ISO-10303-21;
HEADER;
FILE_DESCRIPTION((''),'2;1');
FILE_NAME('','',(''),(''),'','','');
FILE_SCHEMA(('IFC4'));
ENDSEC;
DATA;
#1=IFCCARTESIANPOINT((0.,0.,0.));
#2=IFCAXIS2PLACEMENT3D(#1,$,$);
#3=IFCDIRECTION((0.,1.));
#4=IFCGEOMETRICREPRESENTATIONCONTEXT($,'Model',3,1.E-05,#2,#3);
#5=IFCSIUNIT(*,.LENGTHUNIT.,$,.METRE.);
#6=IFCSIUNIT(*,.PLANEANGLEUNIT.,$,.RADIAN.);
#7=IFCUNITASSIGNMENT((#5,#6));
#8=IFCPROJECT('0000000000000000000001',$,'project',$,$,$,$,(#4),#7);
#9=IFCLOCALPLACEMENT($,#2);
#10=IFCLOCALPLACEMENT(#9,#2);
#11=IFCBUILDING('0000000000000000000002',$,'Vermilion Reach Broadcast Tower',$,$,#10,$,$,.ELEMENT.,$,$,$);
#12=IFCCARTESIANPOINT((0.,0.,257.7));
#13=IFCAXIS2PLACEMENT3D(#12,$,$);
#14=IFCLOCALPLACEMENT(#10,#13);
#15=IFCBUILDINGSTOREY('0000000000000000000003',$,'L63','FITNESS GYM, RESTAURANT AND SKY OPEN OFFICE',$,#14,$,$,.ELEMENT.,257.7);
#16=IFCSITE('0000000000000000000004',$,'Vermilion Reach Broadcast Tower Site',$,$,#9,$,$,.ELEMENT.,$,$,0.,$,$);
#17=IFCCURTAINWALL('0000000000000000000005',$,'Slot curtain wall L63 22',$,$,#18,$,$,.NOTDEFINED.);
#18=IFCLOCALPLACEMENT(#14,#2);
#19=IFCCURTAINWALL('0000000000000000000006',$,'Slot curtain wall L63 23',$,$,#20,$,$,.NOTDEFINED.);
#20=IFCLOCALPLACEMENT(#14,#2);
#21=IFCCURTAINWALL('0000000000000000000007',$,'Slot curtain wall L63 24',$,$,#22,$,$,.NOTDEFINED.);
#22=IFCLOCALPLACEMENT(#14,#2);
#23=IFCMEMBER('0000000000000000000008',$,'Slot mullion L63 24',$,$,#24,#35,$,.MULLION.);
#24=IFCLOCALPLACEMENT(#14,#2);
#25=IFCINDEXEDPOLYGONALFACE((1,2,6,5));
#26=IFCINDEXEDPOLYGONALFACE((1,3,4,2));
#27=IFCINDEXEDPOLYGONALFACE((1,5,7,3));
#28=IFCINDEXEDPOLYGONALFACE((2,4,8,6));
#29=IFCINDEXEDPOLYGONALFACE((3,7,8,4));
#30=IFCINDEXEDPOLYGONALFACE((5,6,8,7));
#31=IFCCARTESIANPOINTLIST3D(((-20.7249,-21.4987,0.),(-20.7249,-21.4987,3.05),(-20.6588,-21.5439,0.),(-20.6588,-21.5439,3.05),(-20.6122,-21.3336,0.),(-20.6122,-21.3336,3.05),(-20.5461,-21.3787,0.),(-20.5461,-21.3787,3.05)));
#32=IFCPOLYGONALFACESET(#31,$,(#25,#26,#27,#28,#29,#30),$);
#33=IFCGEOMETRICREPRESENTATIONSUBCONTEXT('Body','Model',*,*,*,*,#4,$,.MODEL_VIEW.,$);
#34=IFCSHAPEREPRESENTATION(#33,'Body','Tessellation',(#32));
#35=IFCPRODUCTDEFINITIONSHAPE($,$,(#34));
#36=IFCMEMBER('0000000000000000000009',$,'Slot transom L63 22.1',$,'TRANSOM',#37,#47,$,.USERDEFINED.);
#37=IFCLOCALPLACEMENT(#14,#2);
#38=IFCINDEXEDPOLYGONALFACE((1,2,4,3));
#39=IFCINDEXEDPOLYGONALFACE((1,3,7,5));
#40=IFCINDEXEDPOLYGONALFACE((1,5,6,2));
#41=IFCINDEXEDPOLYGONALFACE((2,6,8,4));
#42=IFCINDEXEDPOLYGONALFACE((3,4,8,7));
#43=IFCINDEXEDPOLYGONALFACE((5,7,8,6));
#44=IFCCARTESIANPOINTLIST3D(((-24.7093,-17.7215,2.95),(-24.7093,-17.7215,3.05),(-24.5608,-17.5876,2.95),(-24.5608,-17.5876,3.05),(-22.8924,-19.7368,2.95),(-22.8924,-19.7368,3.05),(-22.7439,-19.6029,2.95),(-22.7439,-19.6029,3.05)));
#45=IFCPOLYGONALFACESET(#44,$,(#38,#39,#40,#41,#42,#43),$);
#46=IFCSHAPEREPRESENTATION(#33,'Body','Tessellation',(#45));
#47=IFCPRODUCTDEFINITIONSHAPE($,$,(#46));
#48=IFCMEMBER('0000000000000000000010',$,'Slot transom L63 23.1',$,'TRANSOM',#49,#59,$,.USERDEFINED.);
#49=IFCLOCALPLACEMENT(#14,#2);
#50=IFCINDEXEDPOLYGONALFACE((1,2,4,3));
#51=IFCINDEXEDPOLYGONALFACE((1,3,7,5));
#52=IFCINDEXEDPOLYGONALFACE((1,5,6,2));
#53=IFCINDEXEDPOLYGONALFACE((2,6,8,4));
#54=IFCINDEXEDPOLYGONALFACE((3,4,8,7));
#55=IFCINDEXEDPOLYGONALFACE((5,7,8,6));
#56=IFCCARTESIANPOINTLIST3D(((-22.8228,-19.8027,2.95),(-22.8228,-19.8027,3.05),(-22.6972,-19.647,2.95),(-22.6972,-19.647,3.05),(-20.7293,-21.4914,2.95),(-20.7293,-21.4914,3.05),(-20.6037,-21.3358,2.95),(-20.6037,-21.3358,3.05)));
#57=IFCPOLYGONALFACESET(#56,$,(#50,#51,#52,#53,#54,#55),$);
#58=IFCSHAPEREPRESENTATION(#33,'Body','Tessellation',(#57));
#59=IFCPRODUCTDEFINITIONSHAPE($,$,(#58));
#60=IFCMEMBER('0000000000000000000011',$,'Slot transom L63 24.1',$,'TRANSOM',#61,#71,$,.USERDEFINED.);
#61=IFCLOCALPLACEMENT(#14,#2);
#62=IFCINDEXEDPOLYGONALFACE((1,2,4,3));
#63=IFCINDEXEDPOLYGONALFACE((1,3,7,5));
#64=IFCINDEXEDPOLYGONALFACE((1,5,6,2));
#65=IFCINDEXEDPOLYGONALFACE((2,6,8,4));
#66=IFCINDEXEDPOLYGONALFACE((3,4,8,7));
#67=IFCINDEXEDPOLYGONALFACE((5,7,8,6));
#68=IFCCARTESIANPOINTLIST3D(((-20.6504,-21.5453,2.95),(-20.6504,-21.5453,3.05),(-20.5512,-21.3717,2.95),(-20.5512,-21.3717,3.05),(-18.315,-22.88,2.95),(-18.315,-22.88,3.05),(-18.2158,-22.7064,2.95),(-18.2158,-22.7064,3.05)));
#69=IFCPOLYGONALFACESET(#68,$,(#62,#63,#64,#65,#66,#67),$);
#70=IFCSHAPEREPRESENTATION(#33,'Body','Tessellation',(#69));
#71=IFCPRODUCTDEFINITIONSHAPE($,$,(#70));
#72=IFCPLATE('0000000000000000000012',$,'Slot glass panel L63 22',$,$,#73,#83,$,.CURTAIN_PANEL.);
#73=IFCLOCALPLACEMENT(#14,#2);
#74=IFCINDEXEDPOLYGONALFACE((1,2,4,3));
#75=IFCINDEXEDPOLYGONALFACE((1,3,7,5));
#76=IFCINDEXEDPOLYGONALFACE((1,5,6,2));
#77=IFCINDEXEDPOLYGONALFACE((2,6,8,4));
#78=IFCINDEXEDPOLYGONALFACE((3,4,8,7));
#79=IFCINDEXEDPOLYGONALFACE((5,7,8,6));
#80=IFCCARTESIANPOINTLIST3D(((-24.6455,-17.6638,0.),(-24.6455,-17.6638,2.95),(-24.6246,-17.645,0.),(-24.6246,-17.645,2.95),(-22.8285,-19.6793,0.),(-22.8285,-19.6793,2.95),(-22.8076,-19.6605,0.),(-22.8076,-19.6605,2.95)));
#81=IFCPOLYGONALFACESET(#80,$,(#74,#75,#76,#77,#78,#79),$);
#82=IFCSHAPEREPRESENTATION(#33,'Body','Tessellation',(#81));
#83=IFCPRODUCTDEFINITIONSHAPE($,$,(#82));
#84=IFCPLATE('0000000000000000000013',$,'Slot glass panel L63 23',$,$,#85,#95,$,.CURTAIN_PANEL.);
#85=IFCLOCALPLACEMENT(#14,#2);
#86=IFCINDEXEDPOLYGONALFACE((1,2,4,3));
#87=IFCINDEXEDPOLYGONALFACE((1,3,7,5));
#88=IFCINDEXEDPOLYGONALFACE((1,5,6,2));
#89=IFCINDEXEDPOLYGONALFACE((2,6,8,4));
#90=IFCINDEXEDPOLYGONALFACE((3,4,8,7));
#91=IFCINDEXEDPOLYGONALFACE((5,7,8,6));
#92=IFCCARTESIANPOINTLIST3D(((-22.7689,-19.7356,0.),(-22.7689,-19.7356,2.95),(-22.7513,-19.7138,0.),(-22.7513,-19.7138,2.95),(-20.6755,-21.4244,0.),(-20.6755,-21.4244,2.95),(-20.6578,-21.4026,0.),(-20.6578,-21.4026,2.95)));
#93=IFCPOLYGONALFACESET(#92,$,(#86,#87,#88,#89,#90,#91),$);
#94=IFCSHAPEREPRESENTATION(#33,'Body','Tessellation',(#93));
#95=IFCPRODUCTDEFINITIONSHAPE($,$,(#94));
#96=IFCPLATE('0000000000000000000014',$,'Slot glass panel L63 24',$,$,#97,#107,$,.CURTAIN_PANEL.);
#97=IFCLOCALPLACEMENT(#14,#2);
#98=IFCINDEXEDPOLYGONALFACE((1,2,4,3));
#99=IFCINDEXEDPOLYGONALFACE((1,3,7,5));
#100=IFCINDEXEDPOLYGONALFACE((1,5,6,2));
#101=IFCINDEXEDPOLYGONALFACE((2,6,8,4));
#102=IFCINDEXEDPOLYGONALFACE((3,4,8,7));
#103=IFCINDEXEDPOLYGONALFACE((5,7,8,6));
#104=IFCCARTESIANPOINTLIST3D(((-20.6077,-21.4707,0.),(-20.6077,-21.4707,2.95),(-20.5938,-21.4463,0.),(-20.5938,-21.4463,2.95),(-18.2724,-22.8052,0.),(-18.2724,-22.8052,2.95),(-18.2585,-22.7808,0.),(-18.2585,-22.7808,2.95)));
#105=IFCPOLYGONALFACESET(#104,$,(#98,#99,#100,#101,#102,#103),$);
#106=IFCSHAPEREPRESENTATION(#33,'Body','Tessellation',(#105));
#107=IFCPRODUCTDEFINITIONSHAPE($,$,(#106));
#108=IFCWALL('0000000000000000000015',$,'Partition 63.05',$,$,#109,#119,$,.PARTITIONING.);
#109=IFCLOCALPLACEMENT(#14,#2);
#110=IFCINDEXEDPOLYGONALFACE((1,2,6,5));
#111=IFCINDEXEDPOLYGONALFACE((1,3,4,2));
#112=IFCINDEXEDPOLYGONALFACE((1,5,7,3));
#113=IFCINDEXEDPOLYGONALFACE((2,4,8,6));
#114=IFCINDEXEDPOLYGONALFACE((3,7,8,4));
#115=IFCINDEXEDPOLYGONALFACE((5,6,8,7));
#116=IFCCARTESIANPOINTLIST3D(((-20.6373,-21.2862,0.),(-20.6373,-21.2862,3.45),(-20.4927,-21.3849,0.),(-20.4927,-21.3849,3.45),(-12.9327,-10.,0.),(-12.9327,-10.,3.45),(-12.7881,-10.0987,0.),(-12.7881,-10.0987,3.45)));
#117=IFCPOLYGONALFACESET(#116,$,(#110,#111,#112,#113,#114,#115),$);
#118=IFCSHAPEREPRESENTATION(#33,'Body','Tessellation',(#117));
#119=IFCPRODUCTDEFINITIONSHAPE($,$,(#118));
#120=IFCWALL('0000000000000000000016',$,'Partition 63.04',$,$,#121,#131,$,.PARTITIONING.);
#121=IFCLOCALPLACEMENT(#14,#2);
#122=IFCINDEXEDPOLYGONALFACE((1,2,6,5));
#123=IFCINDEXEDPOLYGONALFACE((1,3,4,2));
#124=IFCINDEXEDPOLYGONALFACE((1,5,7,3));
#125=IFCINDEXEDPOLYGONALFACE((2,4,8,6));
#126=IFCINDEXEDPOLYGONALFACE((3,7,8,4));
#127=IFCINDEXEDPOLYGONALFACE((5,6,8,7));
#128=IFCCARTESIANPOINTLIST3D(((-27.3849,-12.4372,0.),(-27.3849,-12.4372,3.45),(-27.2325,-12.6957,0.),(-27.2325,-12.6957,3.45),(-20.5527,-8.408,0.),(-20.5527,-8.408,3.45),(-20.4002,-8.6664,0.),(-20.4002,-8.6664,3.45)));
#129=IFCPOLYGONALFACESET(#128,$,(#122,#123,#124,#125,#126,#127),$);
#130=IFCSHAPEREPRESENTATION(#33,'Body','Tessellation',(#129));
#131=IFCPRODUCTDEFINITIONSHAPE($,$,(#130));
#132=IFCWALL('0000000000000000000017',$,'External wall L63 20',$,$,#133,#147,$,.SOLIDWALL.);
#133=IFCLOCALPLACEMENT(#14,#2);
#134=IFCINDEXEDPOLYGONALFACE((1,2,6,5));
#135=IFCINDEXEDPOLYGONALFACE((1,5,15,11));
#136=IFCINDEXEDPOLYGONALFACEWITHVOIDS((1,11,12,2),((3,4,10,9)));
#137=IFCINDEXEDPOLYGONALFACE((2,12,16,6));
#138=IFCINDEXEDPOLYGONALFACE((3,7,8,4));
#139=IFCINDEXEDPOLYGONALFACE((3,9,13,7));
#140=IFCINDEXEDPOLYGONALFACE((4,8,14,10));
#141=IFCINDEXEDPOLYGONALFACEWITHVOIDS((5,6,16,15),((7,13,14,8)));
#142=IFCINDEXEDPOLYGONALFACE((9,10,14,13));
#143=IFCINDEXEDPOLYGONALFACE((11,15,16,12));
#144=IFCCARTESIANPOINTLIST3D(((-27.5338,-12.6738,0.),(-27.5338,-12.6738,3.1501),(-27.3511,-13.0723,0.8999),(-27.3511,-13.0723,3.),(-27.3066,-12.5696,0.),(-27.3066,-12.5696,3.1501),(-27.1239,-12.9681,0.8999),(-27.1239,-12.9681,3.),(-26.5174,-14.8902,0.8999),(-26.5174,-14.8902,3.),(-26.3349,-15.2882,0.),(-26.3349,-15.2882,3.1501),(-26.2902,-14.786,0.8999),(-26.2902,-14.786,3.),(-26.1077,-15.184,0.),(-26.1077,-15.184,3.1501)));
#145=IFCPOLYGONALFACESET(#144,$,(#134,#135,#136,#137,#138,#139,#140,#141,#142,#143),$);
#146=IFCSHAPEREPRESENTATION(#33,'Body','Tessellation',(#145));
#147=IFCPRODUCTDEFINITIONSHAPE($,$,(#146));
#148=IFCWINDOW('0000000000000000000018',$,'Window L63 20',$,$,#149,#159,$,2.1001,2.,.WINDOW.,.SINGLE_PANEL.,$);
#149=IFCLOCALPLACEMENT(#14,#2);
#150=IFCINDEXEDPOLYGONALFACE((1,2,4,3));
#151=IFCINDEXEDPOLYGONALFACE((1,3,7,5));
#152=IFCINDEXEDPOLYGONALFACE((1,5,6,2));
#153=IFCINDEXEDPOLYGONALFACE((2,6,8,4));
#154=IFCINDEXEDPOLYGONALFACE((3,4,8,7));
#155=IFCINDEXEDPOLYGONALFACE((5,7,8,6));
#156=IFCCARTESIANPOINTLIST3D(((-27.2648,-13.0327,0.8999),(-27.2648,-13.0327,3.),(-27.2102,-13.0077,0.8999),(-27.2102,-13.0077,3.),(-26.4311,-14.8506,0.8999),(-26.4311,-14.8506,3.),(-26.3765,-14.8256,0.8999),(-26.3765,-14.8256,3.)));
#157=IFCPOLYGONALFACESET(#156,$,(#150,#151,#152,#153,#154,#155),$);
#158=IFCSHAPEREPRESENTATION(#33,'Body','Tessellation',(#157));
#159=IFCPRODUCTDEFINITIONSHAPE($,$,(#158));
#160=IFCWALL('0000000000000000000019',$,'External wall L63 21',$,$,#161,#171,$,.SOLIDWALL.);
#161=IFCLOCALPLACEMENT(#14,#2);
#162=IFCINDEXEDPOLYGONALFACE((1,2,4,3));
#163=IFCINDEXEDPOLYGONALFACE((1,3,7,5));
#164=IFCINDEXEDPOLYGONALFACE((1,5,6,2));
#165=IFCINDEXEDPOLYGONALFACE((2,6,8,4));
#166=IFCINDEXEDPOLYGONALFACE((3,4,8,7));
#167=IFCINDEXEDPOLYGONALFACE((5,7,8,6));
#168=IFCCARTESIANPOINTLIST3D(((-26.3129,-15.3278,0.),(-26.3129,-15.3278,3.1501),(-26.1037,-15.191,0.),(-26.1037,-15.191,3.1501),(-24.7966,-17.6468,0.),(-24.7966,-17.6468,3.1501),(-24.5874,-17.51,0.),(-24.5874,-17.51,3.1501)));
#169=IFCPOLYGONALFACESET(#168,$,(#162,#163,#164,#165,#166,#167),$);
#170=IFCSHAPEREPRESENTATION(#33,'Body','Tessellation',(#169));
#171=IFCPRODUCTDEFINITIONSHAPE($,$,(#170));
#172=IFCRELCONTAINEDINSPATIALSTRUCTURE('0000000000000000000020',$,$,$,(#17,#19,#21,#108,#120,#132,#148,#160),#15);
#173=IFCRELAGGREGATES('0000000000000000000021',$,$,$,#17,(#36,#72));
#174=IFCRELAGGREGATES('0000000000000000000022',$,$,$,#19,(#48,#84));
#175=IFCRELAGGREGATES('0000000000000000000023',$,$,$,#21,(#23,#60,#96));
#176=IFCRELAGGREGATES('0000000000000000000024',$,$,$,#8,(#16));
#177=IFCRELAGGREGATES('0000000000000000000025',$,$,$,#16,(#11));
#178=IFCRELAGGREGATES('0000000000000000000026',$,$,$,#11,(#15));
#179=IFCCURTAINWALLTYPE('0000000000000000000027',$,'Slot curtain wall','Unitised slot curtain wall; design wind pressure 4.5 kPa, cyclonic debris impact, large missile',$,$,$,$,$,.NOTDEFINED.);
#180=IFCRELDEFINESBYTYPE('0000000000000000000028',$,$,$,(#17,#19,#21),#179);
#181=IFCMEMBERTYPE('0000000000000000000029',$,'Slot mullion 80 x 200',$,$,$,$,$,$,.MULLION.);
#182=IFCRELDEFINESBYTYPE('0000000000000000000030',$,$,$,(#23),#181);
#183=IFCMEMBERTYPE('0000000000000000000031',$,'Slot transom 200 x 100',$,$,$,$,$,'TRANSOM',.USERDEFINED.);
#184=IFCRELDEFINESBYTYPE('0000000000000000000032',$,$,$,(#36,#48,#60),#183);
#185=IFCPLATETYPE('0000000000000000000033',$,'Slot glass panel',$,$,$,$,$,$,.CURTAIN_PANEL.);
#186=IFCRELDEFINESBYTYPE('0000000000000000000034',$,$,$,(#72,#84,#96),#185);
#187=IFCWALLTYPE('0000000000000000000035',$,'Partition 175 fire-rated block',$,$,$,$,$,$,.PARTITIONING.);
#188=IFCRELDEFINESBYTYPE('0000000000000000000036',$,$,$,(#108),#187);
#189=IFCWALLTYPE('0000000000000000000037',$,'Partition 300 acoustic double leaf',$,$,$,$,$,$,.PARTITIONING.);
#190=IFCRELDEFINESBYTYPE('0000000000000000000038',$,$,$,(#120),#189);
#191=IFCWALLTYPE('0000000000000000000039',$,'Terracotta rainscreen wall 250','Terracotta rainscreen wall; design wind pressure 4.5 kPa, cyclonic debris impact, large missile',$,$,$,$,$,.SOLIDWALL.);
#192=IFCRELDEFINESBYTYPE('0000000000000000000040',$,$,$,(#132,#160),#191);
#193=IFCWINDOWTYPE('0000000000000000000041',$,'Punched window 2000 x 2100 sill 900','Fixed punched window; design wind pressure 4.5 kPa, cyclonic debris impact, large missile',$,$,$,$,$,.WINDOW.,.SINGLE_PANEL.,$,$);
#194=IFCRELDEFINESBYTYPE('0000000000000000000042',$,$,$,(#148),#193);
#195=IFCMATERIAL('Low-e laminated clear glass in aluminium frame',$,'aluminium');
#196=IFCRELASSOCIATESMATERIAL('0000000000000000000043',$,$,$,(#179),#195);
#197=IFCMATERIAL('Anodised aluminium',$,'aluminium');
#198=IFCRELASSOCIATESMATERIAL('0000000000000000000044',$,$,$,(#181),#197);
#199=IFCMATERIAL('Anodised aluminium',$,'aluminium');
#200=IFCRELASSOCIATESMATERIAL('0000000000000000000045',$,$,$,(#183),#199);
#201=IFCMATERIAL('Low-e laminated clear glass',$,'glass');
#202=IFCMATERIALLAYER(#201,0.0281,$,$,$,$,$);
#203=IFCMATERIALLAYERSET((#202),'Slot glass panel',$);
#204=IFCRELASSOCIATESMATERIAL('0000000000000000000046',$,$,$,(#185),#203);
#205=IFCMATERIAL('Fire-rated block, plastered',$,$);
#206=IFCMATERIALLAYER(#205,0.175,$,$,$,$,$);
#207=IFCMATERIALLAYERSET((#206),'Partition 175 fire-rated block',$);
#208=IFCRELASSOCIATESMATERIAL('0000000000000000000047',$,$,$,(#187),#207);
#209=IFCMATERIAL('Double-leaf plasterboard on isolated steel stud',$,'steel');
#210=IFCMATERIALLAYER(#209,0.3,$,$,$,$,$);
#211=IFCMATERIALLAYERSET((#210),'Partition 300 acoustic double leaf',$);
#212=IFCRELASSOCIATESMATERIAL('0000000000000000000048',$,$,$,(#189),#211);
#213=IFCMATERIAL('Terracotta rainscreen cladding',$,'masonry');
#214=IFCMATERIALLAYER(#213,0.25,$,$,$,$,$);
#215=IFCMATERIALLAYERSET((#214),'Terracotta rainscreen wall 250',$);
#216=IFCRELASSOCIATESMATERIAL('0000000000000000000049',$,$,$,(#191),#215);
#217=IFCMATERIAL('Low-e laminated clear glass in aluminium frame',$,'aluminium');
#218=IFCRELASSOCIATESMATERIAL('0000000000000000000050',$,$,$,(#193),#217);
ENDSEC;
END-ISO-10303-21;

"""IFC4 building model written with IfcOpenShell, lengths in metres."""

from ifc_helpers import new_model, si_unit, direction, frame, frame_2d, origin, origin_2d, place, context, subcontext, project, spatial, rectangle, extrude, material, layer, layer_set, material_profile, profile_set, type_object, element, fill, aggregate, save


model = new_model("IFC4")

# Units and contexts
model_context = context("Model", 3, precision=1e-05, world=origin(), true_north=direction((0.0, 1.0)))
body_context = subcontext(model_context, "Body", "Model", "MODEL_VIEW")
ifc_project = project(units=[si_unit("LENGTHUNIT", "METRE"), si_unit("PLANEANGLEUNIT", "RADIAN")], contexts=[model_context])

# Site, building, storey
site_placement = place(None, origin())
site = spatial("IfcSite", under=ifc_project, at=site_placement, Name="Vermilion Reach Broadcast Tower Site", CompositionType="ELEMENT", RefElevation=0.0)
building_placement = place(site_placement, origin())
building = spatial("IfcBuilding", under=site, at=building_placement, Name="Vermilion Reach Broadcast Tower", CompositionType="ELEMENT")
storey_placement = place(building_placement, frame((0.0, 0.0, 257.7)))
storey = spatial("IfcBuildingStorey", under=building, at=storey_placement, Name="L63", Description="FITNESS GYM, RESTAURANT AND SKY OPEN OFFICE", CompositionType="ELEMENT", Elevation=257.7)

# Curtain walls, member
ifc_material_1 = material(Name="Low-e laminated clear glass in aluminium frame", Category="aluminium")
curtain_wall_type = type_object("IfcCurtainWallType", Name="Slot curtain wall", Description="Unitised slot curtain wall; design wind pressure 4.5 kPa, cyclonic debris impact, large missile", PredefinedType="NOTDEFINED", material=ifc_material_1)
placement = place(storey_placement, origin())
curtain_wall_1 = element("IfcCurtainWall", 1, at=placement, inside=storey, type_object=curtain_wall_type, Name="Slot curtain wall L63 22", PredefinedType="NOTDEFINED")
ifc_material_2 = material(Name="Anodised aluminium", Category="aluminium")
ifc_material_profile_1 = material_profile(ifc_material_2, rectangle(XDim=0.2, YDim=0.0801, at=origin_2d()), Name="Slot mullion 80 x 200")
ifc_profile_set_1 = profile_set([ifc_material_profile_1], Name="Anodised aluminium")
member_type_1 = type_object("IfcMemberType", Name="Slot mullion 80 x 200", PredefinedType="MULLION", material=ifc_profile_set_1)
curtain_wall_2 = element("IfcCurtainWall", 2, at=placement, inside=storey, type_object=curtain_wall_type, Name="Slot curtain wall L63 23", PredefinedType="NOTDEFINED")
curtain_wall_3 = element("IfcCurtainWall", 3, at=placement, inside=storey, type_object=curtain_wall_type, Name="Slot curtain wall L63 24", PredefinedType="NOTDEFINED")
member_1_placement = place(storey_placement, frame((-20.6355, -21.4387, 0.0), z_axis=(0.0, 0.0, 1.0), x_axis=(0.563814, 0.825901, 0.0)))
member_1 = element("IfcMember", 4, at=member_1_placement, type_object=member_type_1, Name="Slot mullion L63 24", PredefinedType="MULLION", context=body_context, shape_type="SweptSolid", body=[
    extrude(rectangle(XDim=0.2, YDim=0.0801, at=origin_2d()), origin(), (0.0, 0.0, 1.0), 3.05),
])

# Members
ifc_material_3 = material(Name="Anodised aluminium", Category="aluminium")
ifc_material_profile_2 = material_profile(ifc_material_3, rectangle(XDim=0.2, YDim=0.1001, at=origin_2d()), Name="Slot transom 200 x 100")
ifc_profile_set_2 = profile_set([ifc_material_profile_2], Name="Anodised aluminium")
member_type_2 = type_object("IfcMemberType", Name="Slot transom 200 x 100", ElementType="TRANSOM", PredefinedType="USERDEFINED", material=ifc_profile_set_2)
member_2_placement = place(storey_placement, frame((-24.635, -17.6545, 3.0), z_axis=(0.669586, -0.742735, 0.0), x_axis=(0.742735, 0.669586, 0.0)))
member_2 = element("IfcMember", 5, at=member_2_placement, type_object=member_type_2, Name="Slot transom L63 22.1", ObjectType="TRANSOM", PredefinedType="USERDEFINED", context=body_context, shape_type="SweptSolid", body=[
    extrude(rectangle(XDim=0.2, YDim=0.1001, at=origin_2d()), origin(), (0.0, 0.0, 1.0), 2.7134),
])
member_3_placement = place(storey_placement, frame((-22.76, -19.7249, 3.0), z_axis=(0.778339, -0.627845, 0.0), x_axis=(0.627845, 0.778339, 0.0)))
member_3 = element("IfcMember", 6, at=member_3_placement, type_object=member_type_2, Name="Slot transom L63 23.1", ObjectType="TRANSOM", PredefinedType="USERDEFINED", context=body_context, shape_type="SweptSolid", body=[
    extrude(rectangle(XDim=0.2, YDim=0.1001, at=origin_2d()), origin(), (0.0, 0.0, 1.0), 2.6897),
])
member_4_placement = place(storey_placement, frame((-20.6008, -21.4585, 3.0), z_axis=(0.868215, -0.496188, 0.0), x_axis=(0.496188, 0.868215, 0.0)))
member_4 = element("IfcMember", 7, at=member_4_placement, type_object=member_type_2, Name="Slot transom L63 24.1", ObjectType="TRANSOM", PredefinedType="USERDEFINED", context=body_context, shape_type="SweptSolid", body=[
    extrude(rectangle(XDim=0.2, YDim=0.1001, at=origin_2d()), origin(), (0.0, 0.0, 1.0), 2.6899),
])

# Plates
ifc_material_4 = material(Name="Low-e laminated clear glass", Category="glass")
ifc_layer_1 = layer(ifc_material_4, 0.0281)
ifc_layer_set_1 = layer_set([ifc_layer_1], Name="Slot glass panel")
plate_type = type_object("IfcPlateType", Name="Slot glass panel", PredefinedType="CURTAIN_PANEL", material=ifc_layer_set_1)
plate_1_placement = place(storey_placement, frame((-23.7266, -18.6621, 0.0), z_axis=(0.0, 0.0, 1.0), x_axis=(0.66959, -0.742731, 0.0)))
plate_1 = element("IfcPlate", 8, at=plate_1_placement, type_object=plate_type, Name="Slot glass panel L63 22", PredefinedType="CURTAIN_PANEL", context=body_context, shape_type="SweptSolid", body=[
    extrude(rectangle(XDim=2.7136, YDim=0.0281, at=origin_2d()), origin(), (0.0, 0.0, 1.0), 2.95),
])
aggregate(curtain_wall_1, [member_2, plate_1])
plate_2_placement = place(storey_placement, frame((-21.7134, -20.5691, 0.0), z_axis=(0.0, 0.0, 1.0), x_axis=(0.778317, -0.627871, 0.0)))
plate_2 = element("IfcPlate", 9, at=plate_2_placement, type_object=plate_type, Name="Slot glass panel L63 23", PredefinedType="CURTAIN_PANEL", context=body_context, shape_type="SweptSolid", body=[
    extrude(rectangle(XDim=2.6897, YDim=0.0281, at=origin_2d()), origin(), (0.0, 0.0, 1.0), 2.95),
])
aggregate(curtain_wall_2, [member_3, plate_2])
plate_3_placement = place(storey_placement, frame((-19.4331, -22.1257, 0.0), z_axis=(0.0, 0.0, 1.0), x_axis=(0.868227, -0.496167, 0.0)))
plate_3 = element("IfcPlate", 10, at=plate_3_placement, type_object=plate_type, Name="Slot glass panel L63 24", PredefinedType="CURTAIN_PANEL", context=body_context, shape_type="SweptSolid", body=[
    extrude(rectangle(XDim=2.6897, YDim=0.0281, at=origin_2d()), origin(), (0.0, 0.0, 1.0), 2.95),
])
aggregate(curtain_wall_3, [member_1, member_4, plate_3])

# Walls
ifc_material_5 = material(Name="Fire-rated block, plastered")
ifc_layer_2 = layer(ifc_material_5, 0.175)
ifc_layer_set_2 = layer_set([ifc_layer_2], Name="Partition 175 fire-rated block")
wall_type_1 = type_object("IfcWallType", Name="Partition 175 fire-rated block", PredefinedType="PARTITIONING", material=ifc_layer_set_2)
wall_1_placement = place(storey_placement, frame((-20.5649, -21.3354, 0.0), z_axis=(0.0, 0.0, 1.0), x_axis=(0.563811, 0.825904, 0.0)))
element("IfcWall", 11, at=wall_1_placement, inside=storey, type_object=wall_type_1, Name="Partition 63.05", PredefinedType="PARTITIONING", context=body_context, shape_type="SweptSolid", body=[
    extrude(rectangle(XDim=13.6653, YDim=0.175, at=frame_2d((6.8325, 0.0))), origin(), (0.0, 0.0, 1.0), 3.45),
])
ifc_material_6 = material(Name="Double-leaf plasterboard on isolated steel stud", Category="steel")
ifc_layer_3 = layer(ifc_material_6, 0.3)
ifc_layer_set_3 = layer_set([ifc_layer_3], Name="Partition 300 acoustic double leaf")
wall_type_2 = type_object("IfcWallType", Name="Partition 300 acoustic double leaf", PredefinedType="PARTITIONING", material=ifc_layer_set_3)
wall_2_placement = place(storey_placement, frame((-27.3086, -12.5664, 0.0), z_axis=(0.0, 0.0, 1.0), x_axis=(0.861366, 0.507986, 0.0)))
element("IfcWall", 12, at=wall_2_placement, inside=storey, type_object=wall_type_2, Name="Partition 63.04", PredefinedType="PARTITIONING", context=body_context, shape_type="SweptSolid", body=[
    extrude(rectangle(XDim=7.9319, YDim=0.3, at=frame_2d((3.9658, 0.0))), origin(), (0.0, 0.0, 1.0), 3.45),
])

# Wall, opening, window
ifc_material_7 = material(Name="Terracotta rainscreen cladding", Category="masonry")
ifc_layer_4 = layer(ifc_material_7, 0.25)
ifc_layer_set_4 = layer_set([ifc_layer_4], Name="Terracotta rainscreen wall 250")
wall_type_3 = type_object("IfcWallType", Name="Terracotta rainscreen wall 250", Description="Terracotta rainscreen wall; design wind pressure 4.5 kPa, cyclonic debris impact, large missile", PredefinedType="SOLIDWALL", material=ifc_layer_set_4)
wall_3_placement = place(storey_placement, frame((-27.4202, -12.6218, 0.0), z_axis=(0.0, 0.0, 1.0), x_axis=(0.416845, -0.908978, 0.0)))
wall_3 = element("IfcWall", 13, at=wall_3_placement, inside=storey, type_object=wall_type_3, Name="External wall L63 20", PredefinedType="SOLIDWALL", context=body_context, shape_type="SweptSolid", body=[
    extrude(rectangle(XDim=2.8762, YDim=0.25, at=frame_2d((1.438, 0.0))), origin(), (0.0, 0.0, 1.0), 3.1501),
])
opening_placement = place(wall_3_placement, frame((0.4382, 0.0, 0.8999)))
opening = element("IfcOpeningElement", 14, at=opening_placement, cuts=wall_3, PredefinedType="OPENING", context=body_context, shape_type="SweptSolid", body=[
    extrude(rectangle(XDim=2.0, YDim=2.1001, at=frame_2d((1.0, 1.05))), frame((0.0, 0.135, 0.0), z_axis=(0.0, -1.0, 0.0), x_axis=(1.0, 0.0, 0.0)), (0.0, 0.0, 1.0), 0.27),
])
ifc_material_8 = material(Name="Low-e laminated clear glass in aluminium frame", Category="aluminium")
window_type = type_object("IfcWindowType", Name="Punched window 2000 x 2100 sill 900", Description="Fixed punched window; design wind pressure 4.5 kPa, cyclonic debris impact, large missile", PartitioningType="SINGLE_PANEL", PredefinedType="WINDOW", material=ifc_material_8)
window_placement = place(opening_placement, origin())
window = element("IfcWindow", 15, at=window_placement, inside=storey, type_object=window_type, Name="Window L63 20", OverallHeight=2.1001, OverallWidth=2.0, PartitioningType="SINGLE_PANEL", PredefinedType="WINDOW", context=body_context, shape_type="SweptSolid", body=[
    extrude(rectangle(XDim=2.0, YDim=2.1001, at=frame_2d((1.0, 1.05))), frame((0.0, 0.03, 0.0), z_axis=(0.0, -1.0, 0.0), x_axis=(1.0, 0.0, 0.0)), (0.0, 0.0, 1.0), 0.0601),
])
fill(opening, window)

# Wall
wall_4_placement = place(storey_placement, frame((-26.2083, -15.2595, 0.0), z_axis=(0.0, 0.0, 1.0), x_axis=(0.547256, -0.836965, 0.0)))
element("IfcWall", 16, at=wall_4_placement, inside=storey, type_object=wall_type_3, Name="External wall L63 21", PredefinedType="SOLIDWALL", context=body_context, shape_type="SweptSolid", body=[
    extrude(rectangle(XDim=2.7708, YDim=0.25, at=frame_2d((1.3853, 0.0))), origin(), (0.0, 0.0, 1.0), 3.1501),
])

save(model, "model.ifc")
